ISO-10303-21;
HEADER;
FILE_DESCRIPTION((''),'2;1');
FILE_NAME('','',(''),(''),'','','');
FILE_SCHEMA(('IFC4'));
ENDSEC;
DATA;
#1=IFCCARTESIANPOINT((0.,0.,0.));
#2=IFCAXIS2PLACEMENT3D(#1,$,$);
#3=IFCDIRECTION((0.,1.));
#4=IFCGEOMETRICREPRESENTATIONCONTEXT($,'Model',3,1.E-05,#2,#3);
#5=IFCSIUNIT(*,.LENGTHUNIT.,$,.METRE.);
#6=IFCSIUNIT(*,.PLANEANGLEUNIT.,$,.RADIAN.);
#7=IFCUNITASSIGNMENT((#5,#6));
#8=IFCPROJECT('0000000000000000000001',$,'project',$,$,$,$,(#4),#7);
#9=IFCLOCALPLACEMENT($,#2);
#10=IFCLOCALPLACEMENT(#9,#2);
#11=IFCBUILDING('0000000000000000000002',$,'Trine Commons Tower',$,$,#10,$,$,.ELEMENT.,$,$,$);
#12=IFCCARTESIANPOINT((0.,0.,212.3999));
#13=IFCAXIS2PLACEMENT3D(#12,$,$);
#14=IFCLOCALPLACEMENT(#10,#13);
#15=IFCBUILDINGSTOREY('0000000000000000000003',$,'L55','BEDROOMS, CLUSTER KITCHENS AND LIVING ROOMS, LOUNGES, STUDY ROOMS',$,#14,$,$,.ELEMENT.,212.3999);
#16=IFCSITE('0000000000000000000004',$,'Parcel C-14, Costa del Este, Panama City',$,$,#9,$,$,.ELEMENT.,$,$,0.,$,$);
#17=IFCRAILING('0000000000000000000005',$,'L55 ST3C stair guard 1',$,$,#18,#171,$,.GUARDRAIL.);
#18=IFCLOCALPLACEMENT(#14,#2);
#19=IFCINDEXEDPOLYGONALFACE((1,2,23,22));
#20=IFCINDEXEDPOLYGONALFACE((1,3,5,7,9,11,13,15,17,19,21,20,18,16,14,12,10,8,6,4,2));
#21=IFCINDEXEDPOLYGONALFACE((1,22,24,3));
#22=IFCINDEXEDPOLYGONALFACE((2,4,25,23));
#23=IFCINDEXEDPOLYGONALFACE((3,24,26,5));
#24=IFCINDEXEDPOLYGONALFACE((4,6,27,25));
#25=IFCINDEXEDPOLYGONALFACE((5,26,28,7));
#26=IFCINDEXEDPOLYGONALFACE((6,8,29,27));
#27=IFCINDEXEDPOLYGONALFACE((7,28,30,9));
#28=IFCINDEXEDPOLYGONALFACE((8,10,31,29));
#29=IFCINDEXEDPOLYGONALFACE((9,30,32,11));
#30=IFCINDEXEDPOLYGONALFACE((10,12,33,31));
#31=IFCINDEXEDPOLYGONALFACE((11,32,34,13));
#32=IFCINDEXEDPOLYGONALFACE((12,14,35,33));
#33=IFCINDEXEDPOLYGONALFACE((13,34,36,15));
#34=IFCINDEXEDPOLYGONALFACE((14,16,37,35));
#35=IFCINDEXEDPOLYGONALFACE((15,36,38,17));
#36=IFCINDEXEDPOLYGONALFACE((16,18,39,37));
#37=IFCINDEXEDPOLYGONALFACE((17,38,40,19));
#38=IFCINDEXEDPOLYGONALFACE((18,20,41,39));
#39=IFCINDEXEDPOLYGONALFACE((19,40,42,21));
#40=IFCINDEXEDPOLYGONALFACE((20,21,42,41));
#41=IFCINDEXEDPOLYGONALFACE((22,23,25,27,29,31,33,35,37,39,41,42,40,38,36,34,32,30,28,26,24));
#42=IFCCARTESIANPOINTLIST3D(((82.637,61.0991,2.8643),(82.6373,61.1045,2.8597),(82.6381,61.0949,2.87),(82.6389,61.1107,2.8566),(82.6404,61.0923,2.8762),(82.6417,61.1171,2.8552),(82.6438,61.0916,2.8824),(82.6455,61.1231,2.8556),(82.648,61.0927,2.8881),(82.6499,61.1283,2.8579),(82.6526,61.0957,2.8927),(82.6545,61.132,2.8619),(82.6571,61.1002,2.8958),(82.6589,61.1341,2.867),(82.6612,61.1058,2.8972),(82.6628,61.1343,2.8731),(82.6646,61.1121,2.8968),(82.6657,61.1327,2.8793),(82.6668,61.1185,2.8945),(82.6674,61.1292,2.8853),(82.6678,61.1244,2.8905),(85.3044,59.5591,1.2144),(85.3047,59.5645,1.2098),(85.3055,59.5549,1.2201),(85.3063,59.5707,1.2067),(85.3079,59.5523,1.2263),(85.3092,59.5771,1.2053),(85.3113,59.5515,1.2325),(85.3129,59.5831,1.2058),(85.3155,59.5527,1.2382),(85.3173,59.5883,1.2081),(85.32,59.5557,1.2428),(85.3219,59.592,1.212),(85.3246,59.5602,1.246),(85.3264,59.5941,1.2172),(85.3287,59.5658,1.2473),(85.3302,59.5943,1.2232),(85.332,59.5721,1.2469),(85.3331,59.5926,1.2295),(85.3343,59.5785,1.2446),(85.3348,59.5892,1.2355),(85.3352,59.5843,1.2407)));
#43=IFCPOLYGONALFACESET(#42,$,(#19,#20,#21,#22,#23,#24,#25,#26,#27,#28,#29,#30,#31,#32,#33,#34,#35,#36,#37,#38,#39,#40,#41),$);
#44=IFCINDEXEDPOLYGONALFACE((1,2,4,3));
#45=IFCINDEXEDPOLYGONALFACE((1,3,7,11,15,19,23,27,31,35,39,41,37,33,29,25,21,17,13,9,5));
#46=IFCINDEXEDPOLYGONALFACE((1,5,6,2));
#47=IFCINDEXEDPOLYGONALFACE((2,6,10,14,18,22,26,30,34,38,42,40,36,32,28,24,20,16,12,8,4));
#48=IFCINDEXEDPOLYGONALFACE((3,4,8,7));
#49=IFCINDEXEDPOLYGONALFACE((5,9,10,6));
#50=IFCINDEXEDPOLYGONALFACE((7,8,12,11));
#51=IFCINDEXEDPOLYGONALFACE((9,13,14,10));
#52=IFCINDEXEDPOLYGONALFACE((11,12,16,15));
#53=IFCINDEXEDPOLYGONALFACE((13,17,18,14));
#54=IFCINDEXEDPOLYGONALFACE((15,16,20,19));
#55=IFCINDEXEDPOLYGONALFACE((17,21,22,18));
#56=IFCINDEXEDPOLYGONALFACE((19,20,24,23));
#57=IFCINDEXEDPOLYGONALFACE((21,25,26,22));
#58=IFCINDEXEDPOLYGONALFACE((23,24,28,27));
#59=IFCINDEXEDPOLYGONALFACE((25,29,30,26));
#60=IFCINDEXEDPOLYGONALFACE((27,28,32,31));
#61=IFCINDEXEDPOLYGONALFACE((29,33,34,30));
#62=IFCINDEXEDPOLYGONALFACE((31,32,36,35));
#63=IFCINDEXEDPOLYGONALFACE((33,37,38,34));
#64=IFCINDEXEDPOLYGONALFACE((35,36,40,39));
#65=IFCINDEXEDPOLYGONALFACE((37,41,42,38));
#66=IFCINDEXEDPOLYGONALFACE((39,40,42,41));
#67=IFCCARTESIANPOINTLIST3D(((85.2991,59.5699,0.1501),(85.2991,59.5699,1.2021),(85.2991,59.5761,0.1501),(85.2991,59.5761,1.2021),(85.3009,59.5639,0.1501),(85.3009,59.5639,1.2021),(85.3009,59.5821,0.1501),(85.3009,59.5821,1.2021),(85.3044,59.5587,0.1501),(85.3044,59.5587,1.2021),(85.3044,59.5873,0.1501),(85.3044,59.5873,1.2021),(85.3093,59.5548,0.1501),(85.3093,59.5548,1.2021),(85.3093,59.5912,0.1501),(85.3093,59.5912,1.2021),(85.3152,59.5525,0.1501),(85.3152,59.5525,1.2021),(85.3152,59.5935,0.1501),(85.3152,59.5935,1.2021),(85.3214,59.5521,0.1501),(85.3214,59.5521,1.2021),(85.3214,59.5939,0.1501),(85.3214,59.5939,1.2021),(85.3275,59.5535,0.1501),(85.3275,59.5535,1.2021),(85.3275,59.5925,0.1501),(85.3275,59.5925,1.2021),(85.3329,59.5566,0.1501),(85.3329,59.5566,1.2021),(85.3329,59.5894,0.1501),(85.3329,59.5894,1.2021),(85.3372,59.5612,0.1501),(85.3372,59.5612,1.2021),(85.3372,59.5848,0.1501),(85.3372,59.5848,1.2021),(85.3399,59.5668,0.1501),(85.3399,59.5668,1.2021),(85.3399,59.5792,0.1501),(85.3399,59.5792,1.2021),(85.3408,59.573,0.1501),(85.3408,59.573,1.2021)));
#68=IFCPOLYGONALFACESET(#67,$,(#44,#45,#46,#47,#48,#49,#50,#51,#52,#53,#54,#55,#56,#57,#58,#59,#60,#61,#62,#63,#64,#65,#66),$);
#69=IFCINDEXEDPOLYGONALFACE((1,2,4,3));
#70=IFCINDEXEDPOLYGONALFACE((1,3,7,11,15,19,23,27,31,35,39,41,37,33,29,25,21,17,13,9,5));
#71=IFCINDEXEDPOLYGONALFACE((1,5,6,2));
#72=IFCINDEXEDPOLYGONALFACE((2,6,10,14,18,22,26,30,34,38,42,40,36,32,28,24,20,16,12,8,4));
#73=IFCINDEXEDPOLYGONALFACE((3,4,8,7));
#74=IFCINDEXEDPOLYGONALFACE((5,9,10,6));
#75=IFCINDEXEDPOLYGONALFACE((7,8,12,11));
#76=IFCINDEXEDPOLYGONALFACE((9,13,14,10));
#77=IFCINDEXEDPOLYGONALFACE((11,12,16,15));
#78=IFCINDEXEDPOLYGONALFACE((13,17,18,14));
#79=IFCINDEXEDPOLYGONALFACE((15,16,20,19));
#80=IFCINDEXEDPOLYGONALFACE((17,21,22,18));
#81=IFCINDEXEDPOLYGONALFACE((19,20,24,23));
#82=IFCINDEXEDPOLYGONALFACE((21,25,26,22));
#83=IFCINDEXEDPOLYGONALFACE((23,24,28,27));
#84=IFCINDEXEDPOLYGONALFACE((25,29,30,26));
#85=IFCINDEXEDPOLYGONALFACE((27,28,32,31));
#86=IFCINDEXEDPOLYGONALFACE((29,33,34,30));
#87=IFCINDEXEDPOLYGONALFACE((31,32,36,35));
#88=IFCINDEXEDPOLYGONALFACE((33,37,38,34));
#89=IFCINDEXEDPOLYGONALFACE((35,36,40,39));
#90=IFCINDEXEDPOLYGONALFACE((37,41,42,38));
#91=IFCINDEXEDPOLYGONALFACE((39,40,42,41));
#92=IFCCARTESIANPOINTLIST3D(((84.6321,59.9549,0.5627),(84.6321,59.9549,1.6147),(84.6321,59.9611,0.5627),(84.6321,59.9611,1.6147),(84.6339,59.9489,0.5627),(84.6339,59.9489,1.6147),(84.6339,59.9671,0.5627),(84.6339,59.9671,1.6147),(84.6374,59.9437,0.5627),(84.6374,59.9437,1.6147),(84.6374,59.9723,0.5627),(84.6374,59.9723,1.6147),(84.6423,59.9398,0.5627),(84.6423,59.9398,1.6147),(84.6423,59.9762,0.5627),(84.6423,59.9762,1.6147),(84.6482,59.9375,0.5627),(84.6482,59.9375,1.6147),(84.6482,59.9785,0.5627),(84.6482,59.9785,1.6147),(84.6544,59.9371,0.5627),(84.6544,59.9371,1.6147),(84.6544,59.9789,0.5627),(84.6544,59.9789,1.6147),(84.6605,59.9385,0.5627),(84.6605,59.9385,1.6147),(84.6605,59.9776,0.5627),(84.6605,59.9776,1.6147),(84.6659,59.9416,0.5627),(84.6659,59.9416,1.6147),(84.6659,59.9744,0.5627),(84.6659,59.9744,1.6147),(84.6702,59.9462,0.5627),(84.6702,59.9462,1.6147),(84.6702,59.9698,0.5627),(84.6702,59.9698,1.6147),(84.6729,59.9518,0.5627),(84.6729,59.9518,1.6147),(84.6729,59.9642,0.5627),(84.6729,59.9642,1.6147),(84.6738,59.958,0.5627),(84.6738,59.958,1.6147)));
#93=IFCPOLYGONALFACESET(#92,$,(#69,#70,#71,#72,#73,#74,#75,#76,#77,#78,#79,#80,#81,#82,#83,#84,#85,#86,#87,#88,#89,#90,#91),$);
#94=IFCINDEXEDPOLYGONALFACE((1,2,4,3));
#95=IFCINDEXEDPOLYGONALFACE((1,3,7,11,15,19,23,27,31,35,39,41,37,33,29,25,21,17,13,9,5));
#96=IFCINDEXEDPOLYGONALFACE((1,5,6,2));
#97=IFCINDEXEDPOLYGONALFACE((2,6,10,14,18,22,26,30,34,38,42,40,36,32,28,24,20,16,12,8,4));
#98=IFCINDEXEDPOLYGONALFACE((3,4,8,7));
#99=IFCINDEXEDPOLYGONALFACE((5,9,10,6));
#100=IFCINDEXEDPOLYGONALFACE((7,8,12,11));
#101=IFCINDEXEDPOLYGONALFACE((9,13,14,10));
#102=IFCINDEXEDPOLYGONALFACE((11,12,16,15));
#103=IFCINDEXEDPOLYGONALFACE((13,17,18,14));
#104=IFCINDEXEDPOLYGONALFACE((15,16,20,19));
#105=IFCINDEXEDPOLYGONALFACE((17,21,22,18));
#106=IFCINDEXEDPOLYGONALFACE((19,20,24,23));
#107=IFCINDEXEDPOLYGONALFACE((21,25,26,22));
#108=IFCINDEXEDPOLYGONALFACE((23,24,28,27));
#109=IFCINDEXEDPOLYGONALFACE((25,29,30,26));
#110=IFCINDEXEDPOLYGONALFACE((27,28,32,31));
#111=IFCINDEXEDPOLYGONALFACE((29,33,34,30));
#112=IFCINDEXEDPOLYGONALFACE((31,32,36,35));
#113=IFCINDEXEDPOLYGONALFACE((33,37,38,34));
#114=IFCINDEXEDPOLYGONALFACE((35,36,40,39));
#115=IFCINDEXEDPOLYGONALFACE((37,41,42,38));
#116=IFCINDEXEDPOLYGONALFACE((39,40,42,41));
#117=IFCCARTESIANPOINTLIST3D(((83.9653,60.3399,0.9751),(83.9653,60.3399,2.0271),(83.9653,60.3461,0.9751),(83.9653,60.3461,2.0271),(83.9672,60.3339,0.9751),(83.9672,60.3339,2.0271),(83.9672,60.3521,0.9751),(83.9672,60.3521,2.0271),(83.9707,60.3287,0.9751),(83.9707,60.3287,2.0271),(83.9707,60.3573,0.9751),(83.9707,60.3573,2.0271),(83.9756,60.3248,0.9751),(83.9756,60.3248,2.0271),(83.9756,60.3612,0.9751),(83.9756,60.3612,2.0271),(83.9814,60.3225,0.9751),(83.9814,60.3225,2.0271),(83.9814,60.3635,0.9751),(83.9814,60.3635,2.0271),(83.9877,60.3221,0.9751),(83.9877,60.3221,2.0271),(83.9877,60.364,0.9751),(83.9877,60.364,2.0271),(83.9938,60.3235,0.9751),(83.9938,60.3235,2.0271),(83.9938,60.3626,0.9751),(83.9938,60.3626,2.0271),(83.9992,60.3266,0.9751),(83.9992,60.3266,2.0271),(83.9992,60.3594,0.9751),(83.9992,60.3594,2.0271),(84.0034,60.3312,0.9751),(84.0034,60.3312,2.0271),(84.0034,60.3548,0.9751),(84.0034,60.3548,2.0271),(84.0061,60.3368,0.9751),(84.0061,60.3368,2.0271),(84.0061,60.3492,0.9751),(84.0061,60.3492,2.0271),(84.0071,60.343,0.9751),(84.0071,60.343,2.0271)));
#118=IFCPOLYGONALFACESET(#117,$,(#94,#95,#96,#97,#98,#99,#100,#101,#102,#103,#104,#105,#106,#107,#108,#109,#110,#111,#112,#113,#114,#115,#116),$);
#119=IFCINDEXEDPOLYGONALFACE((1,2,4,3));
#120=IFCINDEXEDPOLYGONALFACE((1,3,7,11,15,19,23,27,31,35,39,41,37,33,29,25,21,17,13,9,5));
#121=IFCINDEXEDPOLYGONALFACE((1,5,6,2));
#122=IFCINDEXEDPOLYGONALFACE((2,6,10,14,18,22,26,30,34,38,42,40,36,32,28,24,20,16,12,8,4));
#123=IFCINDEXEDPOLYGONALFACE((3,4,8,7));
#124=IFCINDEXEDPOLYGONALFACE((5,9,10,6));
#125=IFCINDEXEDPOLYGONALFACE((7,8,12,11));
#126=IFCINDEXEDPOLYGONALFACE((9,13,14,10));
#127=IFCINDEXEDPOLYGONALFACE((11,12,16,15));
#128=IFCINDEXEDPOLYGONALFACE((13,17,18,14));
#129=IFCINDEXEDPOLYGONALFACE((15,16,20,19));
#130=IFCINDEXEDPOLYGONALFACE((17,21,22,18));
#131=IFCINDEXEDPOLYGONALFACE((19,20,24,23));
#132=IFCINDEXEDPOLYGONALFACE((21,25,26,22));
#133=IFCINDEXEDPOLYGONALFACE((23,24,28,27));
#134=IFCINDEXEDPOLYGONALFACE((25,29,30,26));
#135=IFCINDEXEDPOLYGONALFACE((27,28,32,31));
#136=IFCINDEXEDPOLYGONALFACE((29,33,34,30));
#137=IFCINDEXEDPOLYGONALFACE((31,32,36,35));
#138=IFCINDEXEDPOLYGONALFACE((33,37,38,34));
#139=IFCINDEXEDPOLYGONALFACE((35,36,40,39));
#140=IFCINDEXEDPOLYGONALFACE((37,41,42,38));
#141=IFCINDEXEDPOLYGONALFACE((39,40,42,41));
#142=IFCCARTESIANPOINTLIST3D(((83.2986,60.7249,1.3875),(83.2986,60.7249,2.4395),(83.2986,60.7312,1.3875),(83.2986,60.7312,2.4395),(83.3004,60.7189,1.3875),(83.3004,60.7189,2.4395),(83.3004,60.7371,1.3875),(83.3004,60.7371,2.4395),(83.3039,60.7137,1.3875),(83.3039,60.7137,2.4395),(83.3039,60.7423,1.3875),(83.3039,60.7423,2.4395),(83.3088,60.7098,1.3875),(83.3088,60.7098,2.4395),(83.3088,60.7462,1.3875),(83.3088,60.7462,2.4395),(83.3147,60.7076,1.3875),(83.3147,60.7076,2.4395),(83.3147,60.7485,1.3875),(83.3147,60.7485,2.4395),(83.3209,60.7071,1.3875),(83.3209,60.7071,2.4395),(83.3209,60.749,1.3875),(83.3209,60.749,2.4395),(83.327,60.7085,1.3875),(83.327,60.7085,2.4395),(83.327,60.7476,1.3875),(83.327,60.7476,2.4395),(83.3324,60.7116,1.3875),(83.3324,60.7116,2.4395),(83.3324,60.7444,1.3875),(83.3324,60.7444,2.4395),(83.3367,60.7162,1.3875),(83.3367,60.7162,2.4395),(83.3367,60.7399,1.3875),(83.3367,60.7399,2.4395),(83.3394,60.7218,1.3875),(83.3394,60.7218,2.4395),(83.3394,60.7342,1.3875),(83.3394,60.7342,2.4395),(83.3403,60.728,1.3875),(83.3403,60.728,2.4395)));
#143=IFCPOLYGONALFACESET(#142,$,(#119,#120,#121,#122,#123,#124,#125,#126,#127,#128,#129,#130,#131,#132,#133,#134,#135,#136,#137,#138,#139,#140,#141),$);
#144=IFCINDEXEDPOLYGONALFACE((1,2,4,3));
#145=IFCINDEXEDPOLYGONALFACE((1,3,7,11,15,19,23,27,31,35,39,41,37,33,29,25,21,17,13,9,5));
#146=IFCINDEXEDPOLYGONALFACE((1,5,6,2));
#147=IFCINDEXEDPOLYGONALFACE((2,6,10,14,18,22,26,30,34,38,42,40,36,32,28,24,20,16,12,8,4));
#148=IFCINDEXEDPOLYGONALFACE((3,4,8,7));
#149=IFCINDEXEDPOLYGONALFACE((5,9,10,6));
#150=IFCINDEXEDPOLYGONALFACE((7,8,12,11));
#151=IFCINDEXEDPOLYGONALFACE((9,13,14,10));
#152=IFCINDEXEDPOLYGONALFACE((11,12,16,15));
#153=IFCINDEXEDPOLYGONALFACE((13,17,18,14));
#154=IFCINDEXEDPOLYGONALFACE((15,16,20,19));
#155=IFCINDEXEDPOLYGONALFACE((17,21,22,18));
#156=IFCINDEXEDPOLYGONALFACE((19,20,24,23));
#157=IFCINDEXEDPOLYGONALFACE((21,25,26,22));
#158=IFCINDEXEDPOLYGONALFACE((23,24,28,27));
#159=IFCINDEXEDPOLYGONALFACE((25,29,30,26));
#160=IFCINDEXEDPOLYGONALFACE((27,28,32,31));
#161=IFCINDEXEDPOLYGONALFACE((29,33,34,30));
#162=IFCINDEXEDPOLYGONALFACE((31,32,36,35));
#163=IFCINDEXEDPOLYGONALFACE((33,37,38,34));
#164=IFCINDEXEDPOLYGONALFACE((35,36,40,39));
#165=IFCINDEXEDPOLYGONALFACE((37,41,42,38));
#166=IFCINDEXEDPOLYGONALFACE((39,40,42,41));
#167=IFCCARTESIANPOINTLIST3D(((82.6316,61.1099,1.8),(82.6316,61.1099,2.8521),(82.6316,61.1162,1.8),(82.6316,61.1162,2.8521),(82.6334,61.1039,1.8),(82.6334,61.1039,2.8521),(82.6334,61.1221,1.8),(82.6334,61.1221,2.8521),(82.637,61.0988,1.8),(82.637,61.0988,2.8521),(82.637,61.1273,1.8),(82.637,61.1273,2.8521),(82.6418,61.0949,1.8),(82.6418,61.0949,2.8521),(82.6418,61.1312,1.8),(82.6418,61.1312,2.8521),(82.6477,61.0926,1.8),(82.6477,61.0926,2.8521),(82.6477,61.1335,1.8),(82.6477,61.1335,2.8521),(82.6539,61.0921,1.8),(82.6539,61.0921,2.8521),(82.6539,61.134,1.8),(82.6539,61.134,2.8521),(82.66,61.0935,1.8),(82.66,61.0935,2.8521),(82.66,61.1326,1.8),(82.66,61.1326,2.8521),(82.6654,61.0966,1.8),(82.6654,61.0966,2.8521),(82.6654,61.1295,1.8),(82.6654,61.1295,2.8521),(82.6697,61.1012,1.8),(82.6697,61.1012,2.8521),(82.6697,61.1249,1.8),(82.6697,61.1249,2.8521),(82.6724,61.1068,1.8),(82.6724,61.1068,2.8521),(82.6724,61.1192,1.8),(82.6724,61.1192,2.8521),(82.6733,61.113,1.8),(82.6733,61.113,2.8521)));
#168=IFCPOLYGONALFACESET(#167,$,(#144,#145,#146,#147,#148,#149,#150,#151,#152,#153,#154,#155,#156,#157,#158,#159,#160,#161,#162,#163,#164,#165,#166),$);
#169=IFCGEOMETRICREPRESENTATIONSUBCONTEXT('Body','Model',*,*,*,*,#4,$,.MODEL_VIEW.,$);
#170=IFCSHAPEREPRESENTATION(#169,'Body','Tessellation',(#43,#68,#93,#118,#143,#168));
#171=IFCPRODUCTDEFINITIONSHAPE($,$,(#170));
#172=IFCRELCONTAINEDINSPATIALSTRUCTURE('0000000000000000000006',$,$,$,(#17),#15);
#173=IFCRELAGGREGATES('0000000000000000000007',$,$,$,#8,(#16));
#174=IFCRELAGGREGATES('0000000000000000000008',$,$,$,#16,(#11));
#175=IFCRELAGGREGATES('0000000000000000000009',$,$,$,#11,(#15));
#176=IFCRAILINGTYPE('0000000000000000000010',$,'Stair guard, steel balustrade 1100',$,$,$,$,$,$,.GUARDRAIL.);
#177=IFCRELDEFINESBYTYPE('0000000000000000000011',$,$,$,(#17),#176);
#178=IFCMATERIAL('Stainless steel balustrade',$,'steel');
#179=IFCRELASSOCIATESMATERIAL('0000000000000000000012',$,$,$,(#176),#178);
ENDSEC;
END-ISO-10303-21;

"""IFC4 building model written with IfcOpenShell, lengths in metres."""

from ifc_helpers import new_model, si_unit, direction, frame, origin, origin_2d, place, context, subcontext, project, spatial, circle, extrude, material, type_object, element, save


model = new_model("IFC4")

# Units and contexts
model_context = context("Model", 3, precision=1e-05, world=origin(), true_north=direction((0.0, 1.0)))
body_context = subcontext(model_context, "Body", "Model", "MODEL_VIEW")
ifc_project = project(units=[si_unit("LENGTHUNIT", "METRE"), si_unit("PLANEANGLEUNIT", "RADIAN")], contexts=[model_context])

# Site, building, storey
site_placement = place(None, origin())
site = spatial("IfcSite", under=ifc_project, at=site_placement, Name="Parcel C-14, Costa del Este, Panama City", CompositionType="ELEMENT", RefElevation=0.0)
building_placement = place(site_placement, origin())
building = spatial("IfcBuilding", under=site, at=building_placement, Name="Trine Commons Tower", CompositionType="ELEMENT")
storey_placement = place(building_placement, frame((0.0, 0.0, 212.3999)))
storey = spatial("IfcBuildingStorey", under=building, at=storey_placement, Name="L55", Description="BEDROOMS, CLUSTER KITCHENS AND LIVING ROOMS, LOUNGES, STUDY ROOMS", CompositionType="ELEMENT", Elevation=212.3999)

# Railing
ifc_material_1 = material(Name="Stainless steel balustrade", Category="steel")
railing_type_1 = type_object("IfcRailingType", Name="Stair guard, steel balustrade 1100", PredefinedType="GUARDRAIL", material=ifc_material_1)
railing_1_placement = place(storey_placement, frame((85.3198, 59.573, 0.1501)))
element("IfcRailing", 1, at=railing_1_placement, inside=storey, type_object=railing_type_1, Name="L55 ST3C stair guard 1", PredefinedType="GUARDRAIL", context=body_context, shape_type="SweptSolid", body=[
    extrude(circle(Radius=0.0239, at=origin_2d()), frame((0.0, 0.0, 1.0762), z_axis=(-0.763405, 0.440743, 0.472185), x_axis=(-0.499992, -0.86603, 0.0)), (0.0, 0.0, 1.0), 3.4941),
    extrude(circle(Radius=0.021, at=origin_2d()), origin(), (0.0, 0.0, 1.0), 1.052),
    extrude(circle(Radius=0.021, at=origin_2d()), frame((-0.667, 0.385, 0.4126)), (0.0, 0.0, 1.0), 1.052),
    extrude(circle(Radius=0.021, at=origin_2d()), frame((-1.3337, 0.77, 0.825)), (0.0, 0.0, 1.0), 1.052),
    extrude(circle(Radius=0.021, at=origin_2d()), frame((-2.0005, 1.155, 1.2373)), (0.0, 0.0, 1.0), 1.052),
    extrude(circle(Radius=0.021, at=origin_2d()), frame((-2.6675, 1.54, 1.6499)), (0.0, 0.0, 1.0), 1.052),
])

save(model, "model.ifc")
